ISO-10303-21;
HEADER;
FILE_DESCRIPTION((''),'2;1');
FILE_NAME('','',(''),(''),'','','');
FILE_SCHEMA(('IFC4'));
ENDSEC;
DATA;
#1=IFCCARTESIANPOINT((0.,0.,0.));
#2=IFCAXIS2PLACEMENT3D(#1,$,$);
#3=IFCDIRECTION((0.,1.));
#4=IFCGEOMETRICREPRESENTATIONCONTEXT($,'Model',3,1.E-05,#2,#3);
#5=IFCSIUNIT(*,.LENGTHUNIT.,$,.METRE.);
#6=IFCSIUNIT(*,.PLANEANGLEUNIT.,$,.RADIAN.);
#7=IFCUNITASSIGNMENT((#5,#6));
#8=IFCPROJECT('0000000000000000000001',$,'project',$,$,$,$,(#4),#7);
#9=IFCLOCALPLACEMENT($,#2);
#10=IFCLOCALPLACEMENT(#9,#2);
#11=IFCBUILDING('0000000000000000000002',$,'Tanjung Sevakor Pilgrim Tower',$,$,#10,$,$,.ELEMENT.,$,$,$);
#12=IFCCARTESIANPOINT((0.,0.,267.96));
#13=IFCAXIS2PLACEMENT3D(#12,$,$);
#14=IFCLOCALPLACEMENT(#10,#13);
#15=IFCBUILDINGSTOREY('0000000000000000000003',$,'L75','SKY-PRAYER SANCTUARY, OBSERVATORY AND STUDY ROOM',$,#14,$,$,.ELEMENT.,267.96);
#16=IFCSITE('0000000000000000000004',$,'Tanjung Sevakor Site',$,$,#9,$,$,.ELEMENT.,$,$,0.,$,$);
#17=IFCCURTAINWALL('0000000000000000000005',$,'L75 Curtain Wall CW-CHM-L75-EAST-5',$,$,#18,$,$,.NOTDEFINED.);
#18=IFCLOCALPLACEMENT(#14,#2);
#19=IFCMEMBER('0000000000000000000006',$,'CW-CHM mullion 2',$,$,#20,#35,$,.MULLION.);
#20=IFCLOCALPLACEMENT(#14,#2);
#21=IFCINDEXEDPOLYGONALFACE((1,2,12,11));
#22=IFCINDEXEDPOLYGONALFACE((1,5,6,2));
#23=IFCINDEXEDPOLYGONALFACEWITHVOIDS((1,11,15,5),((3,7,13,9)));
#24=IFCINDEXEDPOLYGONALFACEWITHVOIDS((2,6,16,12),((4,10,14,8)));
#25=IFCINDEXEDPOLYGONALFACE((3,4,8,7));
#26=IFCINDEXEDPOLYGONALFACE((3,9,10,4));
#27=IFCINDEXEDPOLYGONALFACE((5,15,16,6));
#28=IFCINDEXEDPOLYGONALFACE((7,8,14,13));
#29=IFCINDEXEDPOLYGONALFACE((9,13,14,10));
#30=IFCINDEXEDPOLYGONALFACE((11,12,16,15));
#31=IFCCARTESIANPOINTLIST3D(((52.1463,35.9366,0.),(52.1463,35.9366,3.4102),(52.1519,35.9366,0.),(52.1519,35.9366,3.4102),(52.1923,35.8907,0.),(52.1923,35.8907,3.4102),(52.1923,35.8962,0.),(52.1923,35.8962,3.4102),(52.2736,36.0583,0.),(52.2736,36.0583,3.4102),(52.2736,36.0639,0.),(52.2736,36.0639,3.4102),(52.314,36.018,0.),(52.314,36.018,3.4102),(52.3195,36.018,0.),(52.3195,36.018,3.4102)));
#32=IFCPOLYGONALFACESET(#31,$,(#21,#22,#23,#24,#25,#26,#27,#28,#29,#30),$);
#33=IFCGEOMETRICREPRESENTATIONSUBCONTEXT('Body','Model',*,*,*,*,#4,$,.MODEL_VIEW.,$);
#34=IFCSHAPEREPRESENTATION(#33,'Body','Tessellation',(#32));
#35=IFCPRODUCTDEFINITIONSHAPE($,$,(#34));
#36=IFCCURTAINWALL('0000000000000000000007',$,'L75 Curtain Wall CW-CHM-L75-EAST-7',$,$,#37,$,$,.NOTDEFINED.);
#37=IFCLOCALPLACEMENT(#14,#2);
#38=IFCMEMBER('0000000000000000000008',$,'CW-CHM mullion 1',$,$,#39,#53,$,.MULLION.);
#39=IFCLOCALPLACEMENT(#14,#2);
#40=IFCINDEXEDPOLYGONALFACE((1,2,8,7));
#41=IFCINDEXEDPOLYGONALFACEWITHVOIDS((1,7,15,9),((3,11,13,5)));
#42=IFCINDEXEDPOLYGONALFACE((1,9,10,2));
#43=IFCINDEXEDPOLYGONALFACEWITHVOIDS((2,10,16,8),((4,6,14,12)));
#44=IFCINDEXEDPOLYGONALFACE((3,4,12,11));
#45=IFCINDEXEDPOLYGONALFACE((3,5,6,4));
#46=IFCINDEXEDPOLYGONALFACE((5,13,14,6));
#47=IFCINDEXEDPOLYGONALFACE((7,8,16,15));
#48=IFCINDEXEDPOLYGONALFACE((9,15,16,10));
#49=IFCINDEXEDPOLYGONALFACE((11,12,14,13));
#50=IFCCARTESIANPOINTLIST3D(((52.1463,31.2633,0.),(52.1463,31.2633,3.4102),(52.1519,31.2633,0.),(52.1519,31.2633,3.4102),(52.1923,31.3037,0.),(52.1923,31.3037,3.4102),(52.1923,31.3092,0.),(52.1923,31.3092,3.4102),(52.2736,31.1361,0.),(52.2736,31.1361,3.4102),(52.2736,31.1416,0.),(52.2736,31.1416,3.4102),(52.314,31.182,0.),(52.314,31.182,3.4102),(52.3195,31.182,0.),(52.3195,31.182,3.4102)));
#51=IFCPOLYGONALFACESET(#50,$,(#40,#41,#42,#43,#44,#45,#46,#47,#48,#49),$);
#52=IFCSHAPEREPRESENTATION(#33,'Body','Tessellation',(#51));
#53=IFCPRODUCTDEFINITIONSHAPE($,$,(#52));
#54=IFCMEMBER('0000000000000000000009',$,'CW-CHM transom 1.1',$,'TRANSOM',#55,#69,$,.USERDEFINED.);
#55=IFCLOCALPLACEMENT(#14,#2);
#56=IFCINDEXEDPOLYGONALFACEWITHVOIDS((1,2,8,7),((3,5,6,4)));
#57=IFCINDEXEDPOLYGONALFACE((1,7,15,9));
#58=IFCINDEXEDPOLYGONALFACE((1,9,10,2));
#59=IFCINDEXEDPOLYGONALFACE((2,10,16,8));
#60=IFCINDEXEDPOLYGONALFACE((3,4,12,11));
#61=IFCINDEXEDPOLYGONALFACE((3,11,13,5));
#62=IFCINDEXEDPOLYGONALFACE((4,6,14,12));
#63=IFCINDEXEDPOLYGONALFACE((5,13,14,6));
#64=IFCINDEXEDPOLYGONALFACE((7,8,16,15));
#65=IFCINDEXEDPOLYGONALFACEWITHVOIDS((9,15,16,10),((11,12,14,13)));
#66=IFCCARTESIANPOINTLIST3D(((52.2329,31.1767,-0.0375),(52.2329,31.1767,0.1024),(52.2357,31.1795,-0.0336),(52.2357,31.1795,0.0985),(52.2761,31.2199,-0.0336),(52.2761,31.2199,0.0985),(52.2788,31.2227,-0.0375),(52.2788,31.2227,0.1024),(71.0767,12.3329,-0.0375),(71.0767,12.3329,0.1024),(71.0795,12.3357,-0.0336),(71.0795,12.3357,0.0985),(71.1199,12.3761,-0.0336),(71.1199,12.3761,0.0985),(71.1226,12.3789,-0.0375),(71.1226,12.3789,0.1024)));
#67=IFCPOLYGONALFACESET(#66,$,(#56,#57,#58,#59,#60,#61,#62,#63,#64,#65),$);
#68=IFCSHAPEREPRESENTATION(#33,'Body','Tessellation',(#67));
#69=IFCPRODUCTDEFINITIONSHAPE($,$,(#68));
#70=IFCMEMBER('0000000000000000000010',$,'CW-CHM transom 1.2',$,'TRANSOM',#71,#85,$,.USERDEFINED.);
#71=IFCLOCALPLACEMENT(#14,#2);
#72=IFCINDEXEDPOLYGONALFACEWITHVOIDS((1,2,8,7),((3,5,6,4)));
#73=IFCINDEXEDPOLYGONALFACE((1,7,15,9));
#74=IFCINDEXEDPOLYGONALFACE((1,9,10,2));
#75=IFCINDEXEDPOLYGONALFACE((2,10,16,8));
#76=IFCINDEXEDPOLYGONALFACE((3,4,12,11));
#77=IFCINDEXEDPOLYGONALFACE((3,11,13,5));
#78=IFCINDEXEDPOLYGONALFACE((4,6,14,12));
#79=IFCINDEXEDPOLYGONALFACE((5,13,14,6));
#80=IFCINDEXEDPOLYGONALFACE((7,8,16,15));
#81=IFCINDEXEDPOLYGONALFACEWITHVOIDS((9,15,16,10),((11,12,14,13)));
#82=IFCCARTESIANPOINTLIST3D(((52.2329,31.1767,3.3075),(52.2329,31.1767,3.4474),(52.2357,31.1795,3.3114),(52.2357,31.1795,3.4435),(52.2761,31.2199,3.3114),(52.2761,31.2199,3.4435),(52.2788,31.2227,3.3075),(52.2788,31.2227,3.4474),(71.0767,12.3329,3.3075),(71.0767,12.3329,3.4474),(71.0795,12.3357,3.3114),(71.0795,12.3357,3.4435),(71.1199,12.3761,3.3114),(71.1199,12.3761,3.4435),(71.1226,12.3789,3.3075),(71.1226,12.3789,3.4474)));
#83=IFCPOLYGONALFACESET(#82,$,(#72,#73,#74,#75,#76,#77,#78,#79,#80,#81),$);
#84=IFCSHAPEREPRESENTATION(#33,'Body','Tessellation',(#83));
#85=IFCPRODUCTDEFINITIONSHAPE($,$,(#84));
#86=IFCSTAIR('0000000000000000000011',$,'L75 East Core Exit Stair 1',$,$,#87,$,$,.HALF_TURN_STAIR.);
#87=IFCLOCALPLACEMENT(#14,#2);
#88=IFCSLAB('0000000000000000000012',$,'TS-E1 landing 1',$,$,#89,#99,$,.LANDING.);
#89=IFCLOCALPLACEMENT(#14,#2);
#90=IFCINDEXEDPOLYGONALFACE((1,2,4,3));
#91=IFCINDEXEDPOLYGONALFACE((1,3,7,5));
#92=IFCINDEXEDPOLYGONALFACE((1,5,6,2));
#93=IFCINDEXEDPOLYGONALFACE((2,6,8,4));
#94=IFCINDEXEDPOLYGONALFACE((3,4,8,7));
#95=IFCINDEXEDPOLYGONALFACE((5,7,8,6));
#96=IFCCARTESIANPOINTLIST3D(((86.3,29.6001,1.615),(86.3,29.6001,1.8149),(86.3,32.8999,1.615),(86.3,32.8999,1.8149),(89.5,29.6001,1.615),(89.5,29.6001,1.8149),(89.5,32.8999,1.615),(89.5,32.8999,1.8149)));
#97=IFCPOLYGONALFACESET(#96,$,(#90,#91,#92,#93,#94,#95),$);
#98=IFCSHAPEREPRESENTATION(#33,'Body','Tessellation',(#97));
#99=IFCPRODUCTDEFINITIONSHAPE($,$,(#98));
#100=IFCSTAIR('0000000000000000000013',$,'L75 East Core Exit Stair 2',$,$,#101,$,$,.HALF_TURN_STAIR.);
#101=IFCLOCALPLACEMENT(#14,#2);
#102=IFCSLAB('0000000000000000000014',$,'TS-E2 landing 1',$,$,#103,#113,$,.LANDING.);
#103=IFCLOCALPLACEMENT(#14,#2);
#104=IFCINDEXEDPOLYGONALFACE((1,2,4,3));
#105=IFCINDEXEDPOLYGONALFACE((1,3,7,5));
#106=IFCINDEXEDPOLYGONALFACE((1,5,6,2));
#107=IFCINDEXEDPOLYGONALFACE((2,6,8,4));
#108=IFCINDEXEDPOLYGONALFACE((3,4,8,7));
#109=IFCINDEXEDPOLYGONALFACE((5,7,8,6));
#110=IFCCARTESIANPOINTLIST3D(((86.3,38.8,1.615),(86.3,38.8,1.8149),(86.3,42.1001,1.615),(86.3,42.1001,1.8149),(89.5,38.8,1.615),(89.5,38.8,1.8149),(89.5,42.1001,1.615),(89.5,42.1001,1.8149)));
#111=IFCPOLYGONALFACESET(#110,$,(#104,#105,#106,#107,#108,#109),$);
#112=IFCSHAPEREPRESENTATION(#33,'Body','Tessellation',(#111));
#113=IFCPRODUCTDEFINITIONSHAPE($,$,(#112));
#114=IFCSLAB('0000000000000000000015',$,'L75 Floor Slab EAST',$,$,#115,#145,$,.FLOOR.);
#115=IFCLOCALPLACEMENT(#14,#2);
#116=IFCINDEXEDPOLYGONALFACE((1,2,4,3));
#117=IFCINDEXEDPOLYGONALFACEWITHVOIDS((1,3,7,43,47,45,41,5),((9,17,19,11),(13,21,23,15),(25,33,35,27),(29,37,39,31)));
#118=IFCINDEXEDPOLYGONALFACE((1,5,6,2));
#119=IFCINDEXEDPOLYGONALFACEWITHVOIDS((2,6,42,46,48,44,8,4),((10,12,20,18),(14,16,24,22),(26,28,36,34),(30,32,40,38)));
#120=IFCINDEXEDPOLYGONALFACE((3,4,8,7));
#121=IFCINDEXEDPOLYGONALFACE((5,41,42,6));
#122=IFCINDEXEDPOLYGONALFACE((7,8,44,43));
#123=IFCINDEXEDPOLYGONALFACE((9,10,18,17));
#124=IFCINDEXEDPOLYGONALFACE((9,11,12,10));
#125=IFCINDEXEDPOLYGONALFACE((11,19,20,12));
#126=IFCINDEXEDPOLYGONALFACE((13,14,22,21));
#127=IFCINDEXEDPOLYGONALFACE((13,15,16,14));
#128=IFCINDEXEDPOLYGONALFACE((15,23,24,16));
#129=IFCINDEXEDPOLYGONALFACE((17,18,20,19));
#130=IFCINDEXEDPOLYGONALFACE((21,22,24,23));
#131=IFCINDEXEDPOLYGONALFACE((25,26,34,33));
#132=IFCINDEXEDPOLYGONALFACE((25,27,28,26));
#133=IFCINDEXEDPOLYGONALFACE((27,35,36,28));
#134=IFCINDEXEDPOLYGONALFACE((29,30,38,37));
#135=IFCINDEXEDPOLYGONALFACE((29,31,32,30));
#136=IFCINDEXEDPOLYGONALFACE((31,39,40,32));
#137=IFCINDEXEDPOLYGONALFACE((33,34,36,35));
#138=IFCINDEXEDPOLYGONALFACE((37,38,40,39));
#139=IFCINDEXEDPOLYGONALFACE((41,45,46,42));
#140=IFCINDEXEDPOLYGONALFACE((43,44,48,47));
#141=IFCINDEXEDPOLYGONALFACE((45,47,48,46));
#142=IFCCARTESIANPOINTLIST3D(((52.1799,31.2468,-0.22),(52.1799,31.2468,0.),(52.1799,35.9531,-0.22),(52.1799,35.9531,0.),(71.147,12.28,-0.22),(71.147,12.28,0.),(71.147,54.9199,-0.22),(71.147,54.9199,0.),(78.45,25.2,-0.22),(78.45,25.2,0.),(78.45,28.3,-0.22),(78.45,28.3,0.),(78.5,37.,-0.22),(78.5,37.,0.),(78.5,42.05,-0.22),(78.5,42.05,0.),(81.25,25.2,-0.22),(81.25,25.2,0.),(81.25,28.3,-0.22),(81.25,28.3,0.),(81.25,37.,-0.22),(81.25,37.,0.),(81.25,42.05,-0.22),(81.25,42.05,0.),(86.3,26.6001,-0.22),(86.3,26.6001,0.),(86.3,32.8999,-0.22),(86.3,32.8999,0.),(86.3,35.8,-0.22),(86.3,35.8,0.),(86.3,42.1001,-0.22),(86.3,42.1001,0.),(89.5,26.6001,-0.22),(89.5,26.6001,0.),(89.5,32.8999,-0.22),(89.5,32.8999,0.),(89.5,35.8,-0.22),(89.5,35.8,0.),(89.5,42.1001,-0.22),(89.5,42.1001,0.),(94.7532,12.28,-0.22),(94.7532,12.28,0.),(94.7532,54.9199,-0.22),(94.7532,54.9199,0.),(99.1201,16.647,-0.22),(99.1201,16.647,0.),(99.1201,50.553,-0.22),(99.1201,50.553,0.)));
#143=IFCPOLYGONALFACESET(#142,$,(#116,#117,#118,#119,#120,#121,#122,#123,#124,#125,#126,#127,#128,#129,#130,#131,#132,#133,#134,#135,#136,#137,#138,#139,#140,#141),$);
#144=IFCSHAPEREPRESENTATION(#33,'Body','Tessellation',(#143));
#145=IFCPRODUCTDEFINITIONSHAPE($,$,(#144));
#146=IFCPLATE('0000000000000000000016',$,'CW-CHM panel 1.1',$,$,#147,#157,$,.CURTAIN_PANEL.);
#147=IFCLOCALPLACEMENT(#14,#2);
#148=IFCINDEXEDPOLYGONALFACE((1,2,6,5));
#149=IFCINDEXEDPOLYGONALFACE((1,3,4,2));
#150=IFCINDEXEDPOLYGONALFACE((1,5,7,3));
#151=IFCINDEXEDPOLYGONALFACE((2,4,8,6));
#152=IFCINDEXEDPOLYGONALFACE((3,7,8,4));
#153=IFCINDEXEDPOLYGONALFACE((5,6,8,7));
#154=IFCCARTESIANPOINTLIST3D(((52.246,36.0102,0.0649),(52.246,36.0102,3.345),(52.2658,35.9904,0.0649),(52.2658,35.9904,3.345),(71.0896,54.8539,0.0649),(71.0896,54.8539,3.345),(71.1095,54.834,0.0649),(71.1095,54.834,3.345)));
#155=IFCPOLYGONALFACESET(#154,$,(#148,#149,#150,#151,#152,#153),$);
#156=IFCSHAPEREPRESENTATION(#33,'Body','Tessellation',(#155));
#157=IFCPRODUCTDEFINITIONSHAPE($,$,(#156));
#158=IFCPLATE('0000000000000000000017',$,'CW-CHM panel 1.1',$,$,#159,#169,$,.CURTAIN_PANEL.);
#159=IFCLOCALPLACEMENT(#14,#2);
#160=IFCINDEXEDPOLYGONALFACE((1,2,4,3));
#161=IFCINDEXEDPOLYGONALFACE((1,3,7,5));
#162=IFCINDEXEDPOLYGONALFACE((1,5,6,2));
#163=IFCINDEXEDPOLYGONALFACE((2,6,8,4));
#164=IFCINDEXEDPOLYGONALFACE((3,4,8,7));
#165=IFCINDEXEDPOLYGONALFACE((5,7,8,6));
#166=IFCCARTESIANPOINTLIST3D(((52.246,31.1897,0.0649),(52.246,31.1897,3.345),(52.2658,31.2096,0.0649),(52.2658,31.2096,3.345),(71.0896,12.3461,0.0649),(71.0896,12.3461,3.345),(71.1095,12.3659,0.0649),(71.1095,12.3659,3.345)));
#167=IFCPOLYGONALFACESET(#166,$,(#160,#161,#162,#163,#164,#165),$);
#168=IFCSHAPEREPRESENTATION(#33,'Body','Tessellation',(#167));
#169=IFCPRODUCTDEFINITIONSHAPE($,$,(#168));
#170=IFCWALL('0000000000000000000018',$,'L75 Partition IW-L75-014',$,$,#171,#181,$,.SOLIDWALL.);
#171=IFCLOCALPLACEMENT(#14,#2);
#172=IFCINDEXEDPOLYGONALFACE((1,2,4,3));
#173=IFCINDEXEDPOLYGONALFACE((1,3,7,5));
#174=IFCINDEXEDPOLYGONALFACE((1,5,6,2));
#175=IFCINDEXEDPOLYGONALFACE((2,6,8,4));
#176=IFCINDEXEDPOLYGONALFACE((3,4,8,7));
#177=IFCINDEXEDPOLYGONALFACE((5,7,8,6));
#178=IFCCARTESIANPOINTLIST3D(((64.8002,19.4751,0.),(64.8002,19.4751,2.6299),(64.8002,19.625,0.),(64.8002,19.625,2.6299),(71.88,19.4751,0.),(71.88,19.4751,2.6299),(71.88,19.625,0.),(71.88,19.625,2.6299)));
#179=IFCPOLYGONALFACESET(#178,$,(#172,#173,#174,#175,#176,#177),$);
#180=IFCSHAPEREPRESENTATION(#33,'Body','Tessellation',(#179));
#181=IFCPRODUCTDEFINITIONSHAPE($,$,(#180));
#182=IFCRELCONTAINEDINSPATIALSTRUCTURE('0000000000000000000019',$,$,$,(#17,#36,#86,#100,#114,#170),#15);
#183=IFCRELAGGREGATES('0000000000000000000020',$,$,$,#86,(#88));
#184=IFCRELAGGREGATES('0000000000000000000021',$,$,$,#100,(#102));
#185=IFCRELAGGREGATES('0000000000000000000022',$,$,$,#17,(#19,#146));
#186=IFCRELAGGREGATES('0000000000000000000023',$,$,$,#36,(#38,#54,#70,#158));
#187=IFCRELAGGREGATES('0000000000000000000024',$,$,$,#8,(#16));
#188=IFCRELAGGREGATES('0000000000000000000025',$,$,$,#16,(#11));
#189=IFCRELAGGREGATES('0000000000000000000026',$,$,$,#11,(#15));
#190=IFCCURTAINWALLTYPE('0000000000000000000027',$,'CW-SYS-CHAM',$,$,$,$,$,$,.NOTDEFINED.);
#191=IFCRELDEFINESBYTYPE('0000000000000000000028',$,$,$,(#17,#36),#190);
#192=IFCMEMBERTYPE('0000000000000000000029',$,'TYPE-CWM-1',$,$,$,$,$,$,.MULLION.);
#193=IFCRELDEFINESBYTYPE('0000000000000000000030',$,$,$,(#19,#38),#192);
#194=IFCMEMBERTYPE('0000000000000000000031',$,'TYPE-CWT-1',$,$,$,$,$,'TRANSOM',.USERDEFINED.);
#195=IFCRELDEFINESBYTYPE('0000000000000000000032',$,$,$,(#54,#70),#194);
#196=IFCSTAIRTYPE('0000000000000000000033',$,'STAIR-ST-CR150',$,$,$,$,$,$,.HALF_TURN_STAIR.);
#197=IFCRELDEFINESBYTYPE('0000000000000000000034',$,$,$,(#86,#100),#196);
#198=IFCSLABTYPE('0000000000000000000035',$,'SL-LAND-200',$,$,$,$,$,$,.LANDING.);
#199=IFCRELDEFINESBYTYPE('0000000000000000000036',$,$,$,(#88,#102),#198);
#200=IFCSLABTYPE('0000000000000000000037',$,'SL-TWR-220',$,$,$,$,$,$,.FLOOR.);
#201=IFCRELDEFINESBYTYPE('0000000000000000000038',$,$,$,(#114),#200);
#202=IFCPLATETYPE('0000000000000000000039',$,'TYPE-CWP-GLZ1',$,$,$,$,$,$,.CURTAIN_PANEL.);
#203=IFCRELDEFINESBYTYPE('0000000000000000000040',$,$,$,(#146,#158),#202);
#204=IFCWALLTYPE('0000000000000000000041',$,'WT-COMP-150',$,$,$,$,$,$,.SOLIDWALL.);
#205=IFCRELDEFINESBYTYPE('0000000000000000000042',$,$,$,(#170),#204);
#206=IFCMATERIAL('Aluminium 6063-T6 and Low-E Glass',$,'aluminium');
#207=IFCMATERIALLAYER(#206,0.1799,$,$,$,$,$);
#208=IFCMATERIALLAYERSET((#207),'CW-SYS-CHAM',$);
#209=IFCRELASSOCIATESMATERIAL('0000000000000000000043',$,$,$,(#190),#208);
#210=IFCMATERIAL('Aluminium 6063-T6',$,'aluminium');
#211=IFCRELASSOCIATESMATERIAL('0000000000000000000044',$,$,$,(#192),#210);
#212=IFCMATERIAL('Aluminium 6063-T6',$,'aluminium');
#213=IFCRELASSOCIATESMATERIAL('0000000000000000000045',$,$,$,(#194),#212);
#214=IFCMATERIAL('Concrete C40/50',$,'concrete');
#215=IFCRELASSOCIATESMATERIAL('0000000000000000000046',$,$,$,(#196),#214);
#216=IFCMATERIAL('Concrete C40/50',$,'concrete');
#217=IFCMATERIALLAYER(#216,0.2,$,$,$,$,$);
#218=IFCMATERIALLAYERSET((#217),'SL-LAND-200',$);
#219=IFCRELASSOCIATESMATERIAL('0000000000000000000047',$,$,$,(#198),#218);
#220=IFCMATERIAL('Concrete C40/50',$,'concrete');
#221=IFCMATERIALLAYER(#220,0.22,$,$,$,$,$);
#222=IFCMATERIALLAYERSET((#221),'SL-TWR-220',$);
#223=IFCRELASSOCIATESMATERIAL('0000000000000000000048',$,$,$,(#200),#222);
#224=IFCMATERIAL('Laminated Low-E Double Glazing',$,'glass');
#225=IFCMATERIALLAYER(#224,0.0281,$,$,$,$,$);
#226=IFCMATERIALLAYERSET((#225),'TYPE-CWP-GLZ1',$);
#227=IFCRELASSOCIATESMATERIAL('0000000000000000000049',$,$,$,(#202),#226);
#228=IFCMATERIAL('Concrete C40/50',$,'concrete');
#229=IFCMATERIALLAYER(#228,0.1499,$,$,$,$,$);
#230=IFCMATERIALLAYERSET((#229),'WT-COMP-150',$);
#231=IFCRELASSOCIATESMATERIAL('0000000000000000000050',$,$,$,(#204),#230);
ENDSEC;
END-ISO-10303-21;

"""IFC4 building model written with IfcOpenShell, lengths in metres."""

from ifc_helpers import new_model, si_unit, direction, frame, frame_2d, origin, origin_2d, place, context, subcontext, project, spatial, polyline, rectangle, hollow_rectangle, outline, extrude, material, layer, layer_set, material_profile, profile_set, type_object, element, aggregate, save


model = new_model("IFC4")

# Units and contexts
model_context = context("Model", 3, precision=1e-05, world=origin(), true_north=direction((0.0, 1.0)))
body_context = subcontext(model_context, "Body", "Model", "MODEL_VIEW")
ifc_project = project(units=[si_unit("LENGTHUNIT", "METRE"), si_unit("PLANEANGLEUNIT", "RADIAN")], contexts=[model_context])

# Site, building, storey
site_placement = place(None, origin())
site = spatial("IfcSite", under=ifc_project, at=site_placement, Name="Tanjung Sevakor Site", CompositionType="ELEMENT", RefElevation=0.0)
building_placement = place(site_placement, origin())
building = spatial("IfcBuilding", under=site, at=building_placement, Name="Tanjung Sevakor Pilgrim Tower", CompositionType="ELEMENT")
storey_placement = place(building_placement, frame((0.0, 0.0, 267.96)))
storey = spatial("IfcBuildingStorey", under=building, at=storey_placement, Name="L75", Description="SKY-PRAYER SANCTUARY, OBSERVATORY AND STUDY ROOM", CompositionType="ELEMENT", Elevation=267.96)

# Curtain wall, member
ifc_material_1 = material(Name="Aluminium 6063-T6 and Low-E Glass", Category="aluminium")
ifc_layer_1 = layer(ifc_material_1, 0.1799)
ifc_layer_set_1 = layer_set([ifc_layer_1], Name="CW-SYS-CHAM")
curtain_wall_type = type_object("IfcCurtainWallType", Name="CW-SYS-CHAM", PredefinedType="NOTDEFINED", material=ifc_layer_set_1)
curtain_wall_1_placement = place(storey_placement, origin())
curtain_wall_1 = element("IfcCurtainWall", 1, at=curtain_wall_1_placement, inside=storey, type_object=curtain_wall_type, Name="L75 Curtain Wall CW-CHM-L75-EAST-5", PredefinedType="NOTDEFINED")
ifc_material_2 = material(Name="Aluminium 6063-T6", Category="aluminium")
ifc_material_profile_1 = material_profile(ifc_material_2, hollow_rectangle(XDim=0.0649, YDim=0.1799, WallThickness=0.0039, at=origin_2d()))
ifc_profile_set_1 = profile_set([ifc_material_profile_1], Name="Aluminium 6063-T6")
member_type_1 = type_object("IfcMemberType", Name="TYPE-CWM-1", PredefinedType="MULLION", material=ifc_profile_set_1)
member_1_placement = place(storey_placement, frame((52.2329, 35.9773, 0.0), z_axis=(0.0, 0.0, 1.0), x_axis=(0.707107, -0.707107, 0.0)))
member_1 = element("IfcMember", 2, at=member_1_placement, type_object=member_type_1, Name="CW-CHM mullion 2", PredefinedType="MULLION", context=body_context, shape_type="SweptSolid", body=[
    extrude(hollow_rectangle(XDim=0.0649, YDim=0.1799, WallThickness=0.0039, at=origin_2d()), origin(), (0.0, 0.0, 1.0), 3.4102),
])

# Curtain wall, members
curtain_wall_2_placement = place(storey_placement, origin())
curtain_wall_2 = element("IfcCurtainWall", 3, at=curtain_wall_2_placement, inside=storey, type_object=curtain_wall_type, Name="L75 Curtain Wall CW-CHM-L75-EAST-7", PredefinedType="NOTDEFINED")
member_2_placement = place(storey_placement, frame((52.2329, 31.2227, 0.0), z_axis=(0.0, 0.0, 1.0), x_axis=(0.707107, 0.707107, 0.0)))
member_2 = element("IfcMember", 4, at=member_2_placement, type_object=member_type_1, Name="CW-CHM mullion 1", PredefinedType="MULLION", context=body_context, shape_type="SweptSolid", body=[
    extrude(hollow_rectangle(XDim=0.0649, YDim=0.1799, WallThickness=0.0039, at=origin_2d()), origin(), (0.0, 0.0, 1.0), 3.4102),
])
ifc_material_3 = material(Name="Aluminium 6063-T6", Category="aluminium")
ifc_material_profile_2 = material_profile(ifc_material_3, hollow_rectangle(XDim=0.0649, YDim=0.1399, WallThickness=0.0039, at=origin_2d()))
ifc_profile_set_2 = profile_set([ifc_material_profile_2], Name="Aluminium 6063-T6")
member_type_2 = type_object("IfcMemberType", Name="TYPE-CWT-1", ElementType="TRANSOM", PredefinedType="USERDEFINED", material=ifc_profile_set_2)
member_3_placement = place(storey_placement, frame((52.2559, 31.1997, 0.0325), z_axis=(0.707107, -0.707107, 0.0), x_axis=(0.707107, 0.707107, 0.0)))
member_3 = element("IfcMember", 5, at=member_3_placement, type_object=member_type_2, Name="CW-CHM transom 1.1", ObjectType="TRANSOM", PredefinedType="USERDEFINED", context=body_context, shape_type="SweptSolid", body=[
    extrude(hollow_rectangle(XDim=0.0649, YDim=0.1399, WallThickness=0.0039, at=origin_2d()), origin(), (0.0, 0.0, 1.0), 26.6492),
])
member_4_placement = place(storey_placement, frame((52.2559, 31.1997, 3.3774), z_axis=(0.707107, -0.707107, 0.0), x_axis=(0.707107, 0.707107, 0.0)))
member_4 = element("IfcMember", 6, at=member_4_placement, type_object=member_type_2, Name="CW-CHM transom 1.2", ObjectType="TRANSOM", PredefinedType="USERDEFINED", context=body_context, shape_type="SweptSolid", body=[
    extrude(hollow_rectangle(XDim=0.0649, YDim=0.1399, WallThickness=0.0039, at=origin_2d()), origin(), (0.0, 0.0, 1.0), 26.6492),
])

# Stairs, slabs
ifc_material_4 = material(Name="Concrete C40/50", Category="concrete")
stair_type = type_object("IfcStairType", Name="STAIR-ST-CR150", PredefinedType="HALF_TURN_STAIR", material=ifc_material_4)
stair_1_placement = place(storey_placement, origin())
stair_1 = element("IfcStair", 7, at=stair_1_placement, inside=storey, type_object=stair_type, Name="L75 East Core Exit Stair 1", PredefinedType="HALF_TURN_STAIR")
ifc_material_5 = material(Name="Concrete C40/50", Category="concrete")
ifc_layer_2 = layer(ifc_material_5, 0.2)
ifc_layer_set_2 = layer_set([ifc_layer_2], Name="SL-LAND-200")
slab_type_1 = type_object("IfcSlabType", Name="SL-LAND-200", PredefinedType="LANDING", material=ifc_layer_set_2)
slab_1_placement = place(storey_placement, frame((0.0, 0.0, 1.615)))
slab_1 = element("IfcSlab", 8, at=slab_1_placement, type_object=slab_type_1, Name="TS-E1 landing 1", PredefinedType="LANDING", context=body_context, shape_type="SweptSolid", body=[
    extrude(outline(polyline([(89.5, 29.6001), (89.5, 32.8999), (86.3, 32.8999), (86.3, 29.6001), (89.5, 29.6001)])), origin(), (0.0, 0.0, 1.0), 0.2),
])
aggregate(stair_1, [slab_1])
stair_2_placement = place(storey_placement, origin())
stair_2 = element("IfcStair", 9, at=stair_2_placement, inside=storey, type_object=stair_type, Name="L75 East Core Exit Stair 2", PredefinedType="HALF_TURN_STAIR")
slab_2_placement = place(storey_placement, frame((0.0, 0.0, 1.615)))
slab_2 = element("IfcSlab", 10, at=slab_2_placement, type_object=slab_type_1, Name="TS-E2 landing 1", PredefinedType="LANDING", context=body_context, shape_type="SweptSolid", body=[
    extrude(outline(polyline([(89.5, 38.8), (89.5, 42.1001), (86.3, 42.1001), (86.3, 38.8), (89.5, 38.8)])), origin(), (0.0, 0.0, 1.0), 0.2),
])
aggregate(stair_2, [slab_2])

# Slab
ifc_material_6 = material(Name="Concrete C40/50", Category="concrete")
ifc_layer_3 = layer(ifc_material_6, 0.22)
ifc_layer_set_3 = layer_set([ifc_layer_3], Name="SL-TWR-220")
slab_type_2 = type_object("IfcSlabType", Name="SL-TWR-220", PredefinedType="FLOOR", material=ifc_layer_set_3)
slab_3_placement = place(storey_placement, frame((0.0, 0.0, -0.22)))
element("IfcSlab", 11, at=slab_3_placement, inside=storey, type_object=slab_type_2, Name="L75 Floor Slab EAST", PredefinedType="FLOOR", context=body_context, shape_type="SweptSolid", body=[
    extrude(outline(polyline([(71.147, 12.28), (94.7532, 12.28), (99.1201, 16.647), (99.1201, 50.553), (94.7532, 54.9199), (71.147, 54.9199), (52.1799, 35.9531), (52.1799, 31.2468), (71.147, 12.28)]), holes=[polyline([(89.5, 26.6001), (89.5, 32.8999), (86.3, 32.8999), (86.3, 26.6001), (89.5, 26.6001)]), polyline([(89.5, 35.8), (89.5, 42.1001), (86.3, 42.1001), (86.3, 35.8), (89.5, 35.8)]), polyline([(78.45, 25.2), (81.25, 25.2), (81.25, 28.3), (78.45, 28.3), (78.45, 25.2)]), polyline([(78.5, 37.0), (81.25, 37.0), (81.25, 42.05), (78.5, 42.05), (78.5, 37.0)])]), origin(), (0.0, 0.0, 1.0), 0.22),
])

# Plates
ifc_material_7 = material(Name="Laminated Low-E Double Glazing", Category="glass")
ifc_layer_4 = layer(ifc_material_7, 0.0281)
ifc_layer_set_4 = layer_set([ifc_layer_4], Name="TYPE-CWP-GLZ1")
plate_type = type_object("IfcPlateType", Name="TYPE-CWP-GLZ1", PredefinedType="CURTAIN_PANEL", material=ifc_layer_set_4)
plate_1_placement = place(storey_placement, frame((61.6777, 45.4221, 0.0649), z_axis=(0.0, 0.0, 1.0), x_axis=(-0.707107, -0.707107, 0.0)))
plate_1 = element("IfcPlate", 12, at=plate_1_placement, type_object=plate_type, Name="CW-CHM panel 1.1", PredefinedType="CURTAIN_PANEL", context=body_context, shape_type="SweptSolid", body=[
    extrude(rectangle(XDim=26.6489, YDim=0.0281, at=origin_2d()), origin(), (0.0, 0.0, 1.0), 3.28),
])
aggregate(curtain_wall_1, [member_1, plate_1])
plate_2_placement = place(storey_placement, frame((61.6777, 21.7778, 0.0649), z_axis=(0.0, 0.0, 1.0), x_axis=(0.707107, -0.707107, 0.0)))
plate_2 = element("IfcPlate", 13, at=plate_2_placement, type_object=plate_type, Name="CW-CHM panel 1.1", PredefinedType="CURTAIN_PANEL", context=body_context, shape_type="SweptSolid", body=[
    extrude(rectangle(XDim=26.6489, YDim=0.0281, at=origin_2d()), origin(), (0.0, 0.0, 1.0), 3.28),
])
aggregate(curtain_wall_2, [member_2, member_3, member_4, plate_2])

# Wall
ifc_material_8 = material(Name="Concrete C40/50", Category="concrete")
ifc_layer_5 = layer(ifc_material_8, 0.1499)
ifc_layer_set_5 = layer_set([ifc_layer_5], Name="WT-COMP-150")
wall_type_1 = type_object("IfcWallType", Name="WT-COMP-150", PredefinedType="SOLIDWALL", material=ifc_layer_set_5)
wall_1_placement = place(storey_placement, frame((64.8, 19.55, 0.0), z_axis=(0.0, 0.0, 1.0), x_axis=(1.0, 0.0, 0.0)))
element("IfcWall", 14, at=wall_1_placement, inside=storey, type_object=wall_type_1, Name="L75 Partition IW-L75-014", PredefinedType="SOLIDWALL", context=body_context, shape_type="SweptSolid", body=[
    extrude(rectangle(XDim=7.0798, YDim=0.1499, at=frame_2d((3.54, 0.0))), origin(), (0.0, 0.0, 1.0), 2.6299),
])

save(model, "model.ifc")
